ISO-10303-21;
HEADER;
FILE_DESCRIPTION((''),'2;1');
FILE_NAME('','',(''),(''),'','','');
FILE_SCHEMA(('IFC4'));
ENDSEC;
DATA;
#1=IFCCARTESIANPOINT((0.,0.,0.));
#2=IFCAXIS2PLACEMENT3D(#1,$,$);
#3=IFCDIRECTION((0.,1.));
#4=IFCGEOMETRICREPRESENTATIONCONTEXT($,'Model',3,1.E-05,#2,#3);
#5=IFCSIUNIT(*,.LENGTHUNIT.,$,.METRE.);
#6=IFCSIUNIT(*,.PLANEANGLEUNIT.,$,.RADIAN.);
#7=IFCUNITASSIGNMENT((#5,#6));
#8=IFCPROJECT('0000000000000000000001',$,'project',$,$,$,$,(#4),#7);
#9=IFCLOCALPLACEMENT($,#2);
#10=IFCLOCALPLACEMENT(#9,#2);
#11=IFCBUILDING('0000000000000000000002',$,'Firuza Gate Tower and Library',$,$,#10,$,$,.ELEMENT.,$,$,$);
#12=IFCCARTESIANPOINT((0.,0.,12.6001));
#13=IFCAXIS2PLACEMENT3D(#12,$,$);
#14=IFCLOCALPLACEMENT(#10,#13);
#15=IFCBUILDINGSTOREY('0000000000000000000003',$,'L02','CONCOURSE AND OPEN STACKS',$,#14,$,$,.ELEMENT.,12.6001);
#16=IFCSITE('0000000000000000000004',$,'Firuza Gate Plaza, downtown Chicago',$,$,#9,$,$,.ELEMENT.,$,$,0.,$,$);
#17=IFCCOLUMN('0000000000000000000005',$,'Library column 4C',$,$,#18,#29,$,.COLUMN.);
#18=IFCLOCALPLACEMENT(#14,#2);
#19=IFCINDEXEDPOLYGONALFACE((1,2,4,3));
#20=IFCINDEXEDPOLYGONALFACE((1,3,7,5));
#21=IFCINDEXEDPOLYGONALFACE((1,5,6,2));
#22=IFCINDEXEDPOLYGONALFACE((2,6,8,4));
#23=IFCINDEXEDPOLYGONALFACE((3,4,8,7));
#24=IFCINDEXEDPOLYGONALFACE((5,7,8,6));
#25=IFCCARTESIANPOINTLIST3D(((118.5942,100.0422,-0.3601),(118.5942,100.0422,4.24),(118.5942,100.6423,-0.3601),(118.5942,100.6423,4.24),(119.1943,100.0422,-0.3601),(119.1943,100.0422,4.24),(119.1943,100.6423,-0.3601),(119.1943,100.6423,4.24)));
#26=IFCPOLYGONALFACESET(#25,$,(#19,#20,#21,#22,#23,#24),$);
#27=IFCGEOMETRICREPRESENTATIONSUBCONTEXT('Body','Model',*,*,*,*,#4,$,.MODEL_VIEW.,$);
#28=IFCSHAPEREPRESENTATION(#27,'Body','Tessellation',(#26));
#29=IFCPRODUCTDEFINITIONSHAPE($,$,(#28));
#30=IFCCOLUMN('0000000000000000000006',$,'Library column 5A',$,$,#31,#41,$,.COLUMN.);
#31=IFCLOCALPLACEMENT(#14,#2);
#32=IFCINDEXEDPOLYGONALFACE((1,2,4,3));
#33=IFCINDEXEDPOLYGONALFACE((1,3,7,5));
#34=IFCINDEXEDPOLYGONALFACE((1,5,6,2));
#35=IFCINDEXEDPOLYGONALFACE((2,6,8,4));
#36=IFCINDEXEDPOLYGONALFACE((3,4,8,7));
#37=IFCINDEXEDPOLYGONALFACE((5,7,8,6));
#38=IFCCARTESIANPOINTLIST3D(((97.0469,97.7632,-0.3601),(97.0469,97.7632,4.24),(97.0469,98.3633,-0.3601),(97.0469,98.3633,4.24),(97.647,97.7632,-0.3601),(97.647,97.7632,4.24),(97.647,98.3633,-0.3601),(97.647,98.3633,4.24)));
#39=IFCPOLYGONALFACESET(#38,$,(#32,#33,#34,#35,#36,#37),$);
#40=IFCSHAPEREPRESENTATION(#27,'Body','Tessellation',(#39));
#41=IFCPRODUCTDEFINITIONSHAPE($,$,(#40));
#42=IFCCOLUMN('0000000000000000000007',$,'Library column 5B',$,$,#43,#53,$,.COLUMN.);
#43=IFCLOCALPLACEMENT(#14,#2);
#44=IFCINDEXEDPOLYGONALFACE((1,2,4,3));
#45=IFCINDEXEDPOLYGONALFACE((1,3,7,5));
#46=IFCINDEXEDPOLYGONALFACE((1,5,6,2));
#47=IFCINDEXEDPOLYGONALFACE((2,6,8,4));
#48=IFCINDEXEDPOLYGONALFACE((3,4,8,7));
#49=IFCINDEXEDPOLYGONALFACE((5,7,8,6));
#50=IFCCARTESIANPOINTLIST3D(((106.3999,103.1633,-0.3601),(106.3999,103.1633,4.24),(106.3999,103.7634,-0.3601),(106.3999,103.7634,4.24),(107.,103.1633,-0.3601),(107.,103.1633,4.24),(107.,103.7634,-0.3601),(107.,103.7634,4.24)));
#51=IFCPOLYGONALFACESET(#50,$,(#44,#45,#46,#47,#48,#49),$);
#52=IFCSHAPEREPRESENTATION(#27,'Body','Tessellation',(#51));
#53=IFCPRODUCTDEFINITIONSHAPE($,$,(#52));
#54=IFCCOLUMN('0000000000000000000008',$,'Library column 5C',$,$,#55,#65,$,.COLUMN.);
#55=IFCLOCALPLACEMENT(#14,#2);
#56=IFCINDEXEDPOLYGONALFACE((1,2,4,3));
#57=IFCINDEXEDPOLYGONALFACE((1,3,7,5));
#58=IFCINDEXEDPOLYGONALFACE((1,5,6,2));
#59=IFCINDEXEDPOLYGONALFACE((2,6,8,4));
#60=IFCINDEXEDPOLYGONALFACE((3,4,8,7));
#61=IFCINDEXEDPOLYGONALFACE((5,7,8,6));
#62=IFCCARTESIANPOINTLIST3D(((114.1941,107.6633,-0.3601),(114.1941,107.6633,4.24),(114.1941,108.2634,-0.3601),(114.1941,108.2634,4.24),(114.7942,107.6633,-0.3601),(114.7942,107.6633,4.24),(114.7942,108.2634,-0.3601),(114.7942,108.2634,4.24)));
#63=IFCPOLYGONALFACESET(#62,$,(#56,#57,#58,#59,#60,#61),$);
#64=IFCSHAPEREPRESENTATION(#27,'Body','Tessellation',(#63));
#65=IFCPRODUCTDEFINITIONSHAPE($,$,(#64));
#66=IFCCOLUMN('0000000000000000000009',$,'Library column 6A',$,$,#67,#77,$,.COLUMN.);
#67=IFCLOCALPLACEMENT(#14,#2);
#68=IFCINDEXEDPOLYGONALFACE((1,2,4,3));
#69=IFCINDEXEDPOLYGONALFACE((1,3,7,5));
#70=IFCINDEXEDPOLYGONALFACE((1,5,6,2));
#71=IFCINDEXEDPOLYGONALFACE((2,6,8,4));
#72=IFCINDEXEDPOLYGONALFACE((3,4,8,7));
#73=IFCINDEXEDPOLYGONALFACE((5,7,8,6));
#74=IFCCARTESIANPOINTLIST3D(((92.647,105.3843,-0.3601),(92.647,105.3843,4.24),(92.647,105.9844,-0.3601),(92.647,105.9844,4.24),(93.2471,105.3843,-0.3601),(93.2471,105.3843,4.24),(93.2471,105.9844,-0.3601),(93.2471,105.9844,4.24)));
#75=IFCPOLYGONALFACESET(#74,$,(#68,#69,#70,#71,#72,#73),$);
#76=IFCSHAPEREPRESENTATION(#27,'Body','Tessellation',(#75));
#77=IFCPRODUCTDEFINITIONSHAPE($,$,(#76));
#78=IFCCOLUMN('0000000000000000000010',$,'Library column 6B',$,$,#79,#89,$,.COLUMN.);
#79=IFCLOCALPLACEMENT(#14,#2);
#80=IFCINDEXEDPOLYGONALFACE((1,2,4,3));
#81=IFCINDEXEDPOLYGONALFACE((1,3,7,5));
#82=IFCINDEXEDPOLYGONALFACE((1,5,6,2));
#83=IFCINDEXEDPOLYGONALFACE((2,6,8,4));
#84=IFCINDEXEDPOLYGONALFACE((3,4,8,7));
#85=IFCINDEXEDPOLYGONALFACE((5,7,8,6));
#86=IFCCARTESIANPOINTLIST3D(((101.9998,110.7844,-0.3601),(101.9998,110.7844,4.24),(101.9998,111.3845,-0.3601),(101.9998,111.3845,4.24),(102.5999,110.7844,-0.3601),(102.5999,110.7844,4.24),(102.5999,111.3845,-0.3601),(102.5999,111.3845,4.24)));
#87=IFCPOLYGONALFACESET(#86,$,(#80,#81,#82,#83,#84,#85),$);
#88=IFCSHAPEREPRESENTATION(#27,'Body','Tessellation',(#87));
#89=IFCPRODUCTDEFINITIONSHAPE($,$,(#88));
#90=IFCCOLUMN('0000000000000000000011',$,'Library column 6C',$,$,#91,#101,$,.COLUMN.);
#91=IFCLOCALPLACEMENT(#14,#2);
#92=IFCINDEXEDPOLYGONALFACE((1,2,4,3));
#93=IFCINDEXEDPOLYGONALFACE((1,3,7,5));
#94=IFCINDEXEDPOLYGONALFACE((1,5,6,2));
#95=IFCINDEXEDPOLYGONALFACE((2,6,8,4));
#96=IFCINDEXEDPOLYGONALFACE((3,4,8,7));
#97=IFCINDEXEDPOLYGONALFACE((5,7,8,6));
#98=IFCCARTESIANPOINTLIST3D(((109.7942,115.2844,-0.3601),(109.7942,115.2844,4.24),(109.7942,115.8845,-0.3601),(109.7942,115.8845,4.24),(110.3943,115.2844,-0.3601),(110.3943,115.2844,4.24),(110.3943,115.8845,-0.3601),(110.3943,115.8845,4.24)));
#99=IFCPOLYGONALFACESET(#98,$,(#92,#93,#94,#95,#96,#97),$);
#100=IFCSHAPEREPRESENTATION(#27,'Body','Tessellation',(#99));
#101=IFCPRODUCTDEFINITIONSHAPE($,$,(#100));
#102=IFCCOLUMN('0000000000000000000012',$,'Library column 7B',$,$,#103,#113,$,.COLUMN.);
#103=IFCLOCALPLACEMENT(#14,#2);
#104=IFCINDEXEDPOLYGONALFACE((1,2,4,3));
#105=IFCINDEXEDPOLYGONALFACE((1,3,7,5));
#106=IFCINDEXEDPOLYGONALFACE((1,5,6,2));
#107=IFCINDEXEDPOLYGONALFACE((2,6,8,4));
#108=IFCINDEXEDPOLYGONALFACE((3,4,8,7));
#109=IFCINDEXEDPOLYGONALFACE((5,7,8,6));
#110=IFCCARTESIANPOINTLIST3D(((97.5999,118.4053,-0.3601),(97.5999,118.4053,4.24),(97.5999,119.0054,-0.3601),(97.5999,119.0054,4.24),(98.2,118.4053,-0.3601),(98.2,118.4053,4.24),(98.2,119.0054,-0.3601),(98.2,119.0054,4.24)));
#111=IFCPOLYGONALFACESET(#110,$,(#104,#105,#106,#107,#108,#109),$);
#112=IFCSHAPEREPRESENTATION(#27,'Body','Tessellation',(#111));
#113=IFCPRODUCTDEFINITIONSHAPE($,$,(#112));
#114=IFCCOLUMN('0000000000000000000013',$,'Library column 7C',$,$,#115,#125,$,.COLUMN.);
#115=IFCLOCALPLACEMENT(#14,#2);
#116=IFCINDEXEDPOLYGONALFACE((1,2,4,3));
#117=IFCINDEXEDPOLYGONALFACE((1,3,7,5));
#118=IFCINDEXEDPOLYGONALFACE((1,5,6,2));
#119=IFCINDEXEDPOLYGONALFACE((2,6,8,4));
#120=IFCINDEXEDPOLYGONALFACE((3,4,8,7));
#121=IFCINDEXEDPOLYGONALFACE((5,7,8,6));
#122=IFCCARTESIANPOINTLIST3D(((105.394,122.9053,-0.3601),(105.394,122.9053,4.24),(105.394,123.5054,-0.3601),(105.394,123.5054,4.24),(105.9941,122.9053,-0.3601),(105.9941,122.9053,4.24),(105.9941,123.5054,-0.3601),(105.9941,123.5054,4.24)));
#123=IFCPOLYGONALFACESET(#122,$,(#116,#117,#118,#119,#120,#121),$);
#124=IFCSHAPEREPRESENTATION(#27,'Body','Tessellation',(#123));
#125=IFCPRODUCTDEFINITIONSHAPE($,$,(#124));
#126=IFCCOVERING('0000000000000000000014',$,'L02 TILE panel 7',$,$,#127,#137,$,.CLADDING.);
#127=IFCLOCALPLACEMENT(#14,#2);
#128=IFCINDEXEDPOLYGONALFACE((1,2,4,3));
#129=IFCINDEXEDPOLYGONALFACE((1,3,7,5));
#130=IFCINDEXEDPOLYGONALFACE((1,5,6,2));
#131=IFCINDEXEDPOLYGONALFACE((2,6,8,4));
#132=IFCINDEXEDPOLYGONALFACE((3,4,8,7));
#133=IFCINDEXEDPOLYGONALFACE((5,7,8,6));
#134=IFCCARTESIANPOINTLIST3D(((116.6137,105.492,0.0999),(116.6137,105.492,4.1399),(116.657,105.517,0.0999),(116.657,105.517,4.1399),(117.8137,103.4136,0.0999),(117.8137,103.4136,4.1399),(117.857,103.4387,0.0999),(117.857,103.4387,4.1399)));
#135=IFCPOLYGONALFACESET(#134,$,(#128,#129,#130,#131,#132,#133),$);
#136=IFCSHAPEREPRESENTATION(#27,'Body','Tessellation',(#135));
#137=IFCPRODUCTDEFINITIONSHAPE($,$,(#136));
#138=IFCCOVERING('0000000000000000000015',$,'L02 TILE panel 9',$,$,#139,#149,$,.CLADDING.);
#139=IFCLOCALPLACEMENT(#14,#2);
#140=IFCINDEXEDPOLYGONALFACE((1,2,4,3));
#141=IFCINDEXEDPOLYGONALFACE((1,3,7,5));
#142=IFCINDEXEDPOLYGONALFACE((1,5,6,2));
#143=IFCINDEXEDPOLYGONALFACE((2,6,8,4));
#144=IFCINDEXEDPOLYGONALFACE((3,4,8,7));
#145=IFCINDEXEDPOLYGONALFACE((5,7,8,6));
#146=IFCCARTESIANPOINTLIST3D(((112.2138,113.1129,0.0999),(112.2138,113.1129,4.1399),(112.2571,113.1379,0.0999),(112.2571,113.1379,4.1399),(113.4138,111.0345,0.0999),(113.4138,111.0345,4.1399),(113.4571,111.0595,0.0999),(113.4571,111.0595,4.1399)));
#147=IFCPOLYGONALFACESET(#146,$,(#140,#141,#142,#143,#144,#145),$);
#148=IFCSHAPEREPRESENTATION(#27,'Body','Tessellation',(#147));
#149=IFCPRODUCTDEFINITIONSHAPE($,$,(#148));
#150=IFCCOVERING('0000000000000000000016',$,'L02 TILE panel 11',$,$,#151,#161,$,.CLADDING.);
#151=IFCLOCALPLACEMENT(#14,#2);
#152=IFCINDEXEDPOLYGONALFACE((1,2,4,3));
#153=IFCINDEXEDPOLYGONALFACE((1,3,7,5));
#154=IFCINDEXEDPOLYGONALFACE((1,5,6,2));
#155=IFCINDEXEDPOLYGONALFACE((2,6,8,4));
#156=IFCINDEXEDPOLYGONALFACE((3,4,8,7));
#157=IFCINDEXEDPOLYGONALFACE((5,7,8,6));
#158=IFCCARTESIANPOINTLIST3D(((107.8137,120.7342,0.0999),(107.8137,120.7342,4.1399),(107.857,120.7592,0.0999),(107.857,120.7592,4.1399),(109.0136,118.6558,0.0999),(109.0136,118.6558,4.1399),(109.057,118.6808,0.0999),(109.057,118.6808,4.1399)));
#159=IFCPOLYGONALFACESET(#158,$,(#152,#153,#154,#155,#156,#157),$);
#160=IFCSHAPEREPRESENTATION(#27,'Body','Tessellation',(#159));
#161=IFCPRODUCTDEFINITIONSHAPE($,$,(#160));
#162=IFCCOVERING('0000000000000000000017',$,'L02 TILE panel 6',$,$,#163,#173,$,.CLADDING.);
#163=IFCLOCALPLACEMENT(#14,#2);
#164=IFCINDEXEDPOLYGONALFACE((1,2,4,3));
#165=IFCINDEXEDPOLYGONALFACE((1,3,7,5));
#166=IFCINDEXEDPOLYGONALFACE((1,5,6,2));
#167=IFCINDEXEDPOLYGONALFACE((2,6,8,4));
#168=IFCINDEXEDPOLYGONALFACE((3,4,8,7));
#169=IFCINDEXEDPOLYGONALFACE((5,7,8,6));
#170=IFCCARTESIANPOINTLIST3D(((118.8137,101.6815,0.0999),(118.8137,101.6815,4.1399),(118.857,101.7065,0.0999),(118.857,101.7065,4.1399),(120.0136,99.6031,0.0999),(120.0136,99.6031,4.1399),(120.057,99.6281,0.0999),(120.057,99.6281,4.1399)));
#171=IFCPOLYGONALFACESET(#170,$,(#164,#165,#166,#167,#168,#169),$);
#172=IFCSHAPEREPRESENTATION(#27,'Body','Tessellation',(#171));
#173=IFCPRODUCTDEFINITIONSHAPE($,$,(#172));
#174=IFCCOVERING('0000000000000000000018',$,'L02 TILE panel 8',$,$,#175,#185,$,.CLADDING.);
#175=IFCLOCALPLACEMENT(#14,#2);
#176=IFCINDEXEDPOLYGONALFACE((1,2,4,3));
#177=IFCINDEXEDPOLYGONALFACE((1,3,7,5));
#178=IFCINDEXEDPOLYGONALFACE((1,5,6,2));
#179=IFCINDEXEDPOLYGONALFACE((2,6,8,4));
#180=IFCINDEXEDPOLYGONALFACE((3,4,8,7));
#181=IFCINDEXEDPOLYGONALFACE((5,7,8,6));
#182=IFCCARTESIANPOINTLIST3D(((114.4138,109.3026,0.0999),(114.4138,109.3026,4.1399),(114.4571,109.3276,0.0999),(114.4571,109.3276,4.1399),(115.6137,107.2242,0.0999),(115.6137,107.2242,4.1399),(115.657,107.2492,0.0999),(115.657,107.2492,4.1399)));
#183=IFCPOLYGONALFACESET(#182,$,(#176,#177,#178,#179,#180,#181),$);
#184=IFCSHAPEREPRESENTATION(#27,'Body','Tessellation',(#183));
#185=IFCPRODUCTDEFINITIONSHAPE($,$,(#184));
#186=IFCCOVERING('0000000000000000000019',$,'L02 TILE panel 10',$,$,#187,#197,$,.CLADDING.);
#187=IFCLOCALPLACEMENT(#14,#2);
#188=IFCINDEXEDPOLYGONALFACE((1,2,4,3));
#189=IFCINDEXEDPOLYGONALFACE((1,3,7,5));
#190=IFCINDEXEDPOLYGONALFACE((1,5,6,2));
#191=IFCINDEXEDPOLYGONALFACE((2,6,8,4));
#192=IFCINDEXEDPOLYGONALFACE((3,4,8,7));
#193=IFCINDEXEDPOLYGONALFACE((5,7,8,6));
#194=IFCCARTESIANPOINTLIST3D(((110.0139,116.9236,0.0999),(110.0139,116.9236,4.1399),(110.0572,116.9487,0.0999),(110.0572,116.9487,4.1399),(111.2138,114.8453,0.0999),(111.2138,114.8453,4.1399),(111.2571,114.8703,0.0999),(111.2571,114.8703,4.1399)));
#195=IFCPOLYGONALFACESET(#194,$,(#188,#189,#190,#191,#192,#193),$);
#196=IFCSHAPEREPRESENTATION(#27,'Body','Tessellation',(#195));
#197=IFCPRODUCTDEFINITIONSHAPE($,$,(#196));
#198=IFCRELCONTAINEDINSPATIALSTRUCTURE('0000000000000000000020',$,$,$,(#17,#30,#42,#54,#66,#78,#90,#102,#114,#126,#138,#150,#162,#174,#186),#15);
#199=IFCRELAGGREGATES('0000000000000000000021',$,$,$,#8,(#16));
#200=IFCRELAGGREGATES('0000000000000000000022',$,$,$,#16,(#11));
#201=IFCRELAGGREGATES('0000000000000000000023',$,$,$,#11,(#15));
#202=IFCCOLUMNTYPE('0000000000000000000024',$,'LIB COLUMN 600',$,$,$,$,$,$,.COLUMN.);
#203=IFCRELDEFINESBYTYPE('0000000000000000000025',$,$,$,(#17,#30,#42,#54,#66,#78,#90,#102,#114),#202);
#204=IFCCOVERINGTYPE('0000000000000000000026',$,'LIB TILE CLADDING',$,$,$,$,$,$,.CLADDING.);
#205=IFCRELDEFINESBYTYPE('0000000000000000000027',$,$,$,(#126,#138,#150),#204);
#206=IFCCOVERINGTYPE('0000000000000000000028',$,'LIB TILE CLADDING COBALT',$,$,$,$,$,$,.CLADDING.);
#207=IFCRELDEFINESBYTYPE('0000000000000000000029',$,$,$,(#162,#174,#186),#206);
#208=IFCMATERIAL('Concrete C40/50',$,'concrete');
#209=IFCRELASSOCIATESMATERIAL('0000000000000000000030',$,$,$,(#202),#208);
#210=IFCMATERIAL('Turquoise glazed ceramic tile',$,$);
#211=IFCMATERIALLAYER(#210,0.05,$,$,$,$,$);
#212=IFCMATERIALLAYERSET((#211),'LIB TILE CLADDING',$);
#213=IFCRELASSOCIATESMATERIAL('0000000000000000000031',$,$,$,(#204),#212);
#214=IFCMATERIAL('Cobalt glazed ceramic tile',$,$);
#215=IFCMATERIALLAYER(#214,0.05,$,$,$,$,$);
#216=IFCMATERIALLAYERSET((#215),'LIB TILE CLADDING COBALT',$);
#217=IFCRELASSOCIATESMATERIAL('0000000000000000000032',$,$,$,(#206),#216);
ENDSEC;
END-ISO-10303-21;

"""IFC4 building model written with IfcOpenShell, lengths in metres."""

from ifc_helpers import new_model, si_unit, direction, frame, origin, origin_2d, place, context, subcontext, project, spatial, rectangle, extrude, material, layer, layer_set, material_profile, profile_set, type_object, element, save


model = new_model("IFC4")

# Units and contexts
model_context = context("Model", 3, precision=1e-05, world=origin(), true_north=direction((0.0, 1.0)))
body_context = subcontext(model_context, "Body", "Model", "MODEL_VIEW")
ifc_project = project(units=[si_unit("LENGTHUNIT", "METRE"), si_unit("PLANEANGLEUNIT", "RADIAN")], contexts=[model_context])

# Site, building, storey
site_placement = place(None, origin())
site = spatial("IfcSite", under=ifc_project, at=site_placement, Name="Firuza Gate Plaza, downtown Chicago", CompositionType="ELEMENT", RefElevation=0.0)
building_placement = place(site_placement, origin())
building = spatial("IfcBuilding", under=site, at=building_placement, Name="Firuza Gate Tower and Library", CompositionType="ELEMENT")
storey_placement = place(building_placement, frame((0.0, 0.0, 12.6001)))
storey = spatial("IfcBuildingStorey", under=building, at=storey_placement, Name="L02", Description="CONCOURSE AND OPEN STACKS", CompositionType="ELEMENT", Elevation=12.6001)

# Columns
ifc_material_1 = material(Name="Concrete C40/50", Category="concrete")
ifc_material_profile = material_profile(ifc_material_1, rectangle(XDim=0.6001, YDim=0.6001, at=origin_2d()))
ifc_profile_set = profile_set([ifc_material_profile], Name="Concrete C40/50")
column_type = type_object("IfcColumnType", Name="LIB COLUMN 600", PredefinedType="COLUMN", material=ifc_profile_set)
for number, where, z_axis, x_axis, name in (
    (1, (118.8943, 100.3423, -0.3601), (0.0, 0.0, 1.0), (1.0, 0.0, 0.0), "Library column 4C"),
    (2, (97.3469, 98.0632, -0.3601), (0.0, 0.0, 1.0), (1.0, 0.0, 0.0), "Library column 5A"),
    (3, (106.7, 103.4634, -0.3601), (0.0, 0.0, 1.0), (1.0, 0.0, 0.0), "Library column 5B"),
    (4, (114.4941, 107.9634, -0.3601), (0.0, 0.0, 1.0), (1.0, 0.0, 0.0), "Library column 5C"),
    (5, (92.947, 105.6843, -0.3601), (0.0, 0.0, 1.0), (1.0, 0.0, 0.0), "Library column 6A"),
    (6, (102.2998, 111.0845, -0.3601), (0.0, 0.0, 1.0), (1.0, 0.0, 0.0), "Library column 6B"),
    (7, (110.0942, 115.5845, -0.3601), (0.0, 0.0, 1.0), (1.0, 0.0, 0.0), "Library column 6C"),
    (8, (97.8999, 118.7053, -0.3601), (0.0, 0.0, 1.0), (1.0, 0.0, 0.0), "Library column 7B"),
    (9, (105.6941, 123.2053, -0.3601), (0.0, 0.0, 1.0), (1.0, 0.0, 0.0), "Library column 7C"),
):
    element("IfcColumn", number, at=place(storey_placement, frame(where, z_axis=z_axis, x_axis=x_axis)), inside=storey, type_object=column_type, Name=name, PredefinedType="COLUMN", context=body_context, shape_type="SweptSolid", body=[
        extrude(rectangle(XDim=0.6001, YDim=0.6001, at=origin_2d()), origin(), (0.0, 0.0, 1.0), 4.6001),
    ])

# Coverings
ifc_material_2 = material(Name="Turquoise glazed ceramic tile")
ifc_layer_1 = layer(ifc_material_2, 0.05)
ifc_layer_set_1 = layer_set([ifc_layer_1], Name="LIB TILE CLADDING")
covering_type_1 = type_object("IfcCoveringType", Name="LIB TILE CLADDING", PredefinedType="CLADDING", material=ifc_layer_set_1)
for number, where, z_axis, x_axis, name in (
    (10, (117.2354, 104.4653, 0.0999), (0.0, 0.0, 1.0), (-0.5, 0.866025, 0.0), "L02 TILE panel 7"),
    (11, (112.8354, 112.0862, 0.0999), (0.0, 0.0, 1.0), (-0.5, 0.866025, 0.0), "L02 TILE panel 9"),
    (12, (108.4353, 119.7075, 0.0999), (0.0, 0.0, 1.0), (-0.5, 0.866025, 0.0), "L02 TILE panel 11"),
):
    element("IfcCovering", number, at=place(storey_placement, frame(where, z_axis=z_axis, x_axis=x_axis)), inside=storey, type_object=covering_type_1, Name=name, PredefinedType="CLADDING", context=body_context, shape_type="SweptSolid", body=[
        extrude(rectangle(XDim=2.3999, YDim=0.05, at=origin_2d()), origin(), (0.0, 0.0, 1.0), 4.04),
    ])
ifc_material_3 = material(Name="Cobalt glazed ceramic tile")
ifc_layer_2 = layer(ifc_material_3, 0.05)
ifc_layer_set_2 = layer_set([ifc_layer_2], Name="LIB TILE CLADDING COBALT")
covering_type_2 = type_object("IfcCoveringType", Name="LIB TILE CLADDING COBALT", PredefinedType="CLADDING", material=ifc_layer_set_2)
for number, where, z_axis, x_axis, name in (
    (13, (119.4353, 100.6548, 0.0999), (0.0, 0.0, 1.0), (-0.5, 0.866025, 0.0), "L02 TILE panel 6"),
    (14, (115.0354, 108.2759, 0.0999), (0.0, 0.0, 1.0), (-0.5, 0.866025, 0.0), "L02 TILE panel 8"),
    (15, (110.6355, 115.897, 0.0999), (0.0, 0.0, 1.0), (-0.5, 0.866025, 0.0), "L02 TILE panel 10"),
):
    element("IfcCovering", number, at=place(storey_placement, frame(where, z_axis=z_axis, x_axis=x_axis)), inside=storey, type_object=covering_type_2, Name=name, PredefinedType="CLADDING", context=body_context, shape_type="SweptSolid", body=[
        extrude(rectangle(XDim=2.3999, YDim=0.05, at=origin_2d()), origin(), (0.0, 0.0, 1.0), 4.04),
    ])

save(model, "model.ifc")
